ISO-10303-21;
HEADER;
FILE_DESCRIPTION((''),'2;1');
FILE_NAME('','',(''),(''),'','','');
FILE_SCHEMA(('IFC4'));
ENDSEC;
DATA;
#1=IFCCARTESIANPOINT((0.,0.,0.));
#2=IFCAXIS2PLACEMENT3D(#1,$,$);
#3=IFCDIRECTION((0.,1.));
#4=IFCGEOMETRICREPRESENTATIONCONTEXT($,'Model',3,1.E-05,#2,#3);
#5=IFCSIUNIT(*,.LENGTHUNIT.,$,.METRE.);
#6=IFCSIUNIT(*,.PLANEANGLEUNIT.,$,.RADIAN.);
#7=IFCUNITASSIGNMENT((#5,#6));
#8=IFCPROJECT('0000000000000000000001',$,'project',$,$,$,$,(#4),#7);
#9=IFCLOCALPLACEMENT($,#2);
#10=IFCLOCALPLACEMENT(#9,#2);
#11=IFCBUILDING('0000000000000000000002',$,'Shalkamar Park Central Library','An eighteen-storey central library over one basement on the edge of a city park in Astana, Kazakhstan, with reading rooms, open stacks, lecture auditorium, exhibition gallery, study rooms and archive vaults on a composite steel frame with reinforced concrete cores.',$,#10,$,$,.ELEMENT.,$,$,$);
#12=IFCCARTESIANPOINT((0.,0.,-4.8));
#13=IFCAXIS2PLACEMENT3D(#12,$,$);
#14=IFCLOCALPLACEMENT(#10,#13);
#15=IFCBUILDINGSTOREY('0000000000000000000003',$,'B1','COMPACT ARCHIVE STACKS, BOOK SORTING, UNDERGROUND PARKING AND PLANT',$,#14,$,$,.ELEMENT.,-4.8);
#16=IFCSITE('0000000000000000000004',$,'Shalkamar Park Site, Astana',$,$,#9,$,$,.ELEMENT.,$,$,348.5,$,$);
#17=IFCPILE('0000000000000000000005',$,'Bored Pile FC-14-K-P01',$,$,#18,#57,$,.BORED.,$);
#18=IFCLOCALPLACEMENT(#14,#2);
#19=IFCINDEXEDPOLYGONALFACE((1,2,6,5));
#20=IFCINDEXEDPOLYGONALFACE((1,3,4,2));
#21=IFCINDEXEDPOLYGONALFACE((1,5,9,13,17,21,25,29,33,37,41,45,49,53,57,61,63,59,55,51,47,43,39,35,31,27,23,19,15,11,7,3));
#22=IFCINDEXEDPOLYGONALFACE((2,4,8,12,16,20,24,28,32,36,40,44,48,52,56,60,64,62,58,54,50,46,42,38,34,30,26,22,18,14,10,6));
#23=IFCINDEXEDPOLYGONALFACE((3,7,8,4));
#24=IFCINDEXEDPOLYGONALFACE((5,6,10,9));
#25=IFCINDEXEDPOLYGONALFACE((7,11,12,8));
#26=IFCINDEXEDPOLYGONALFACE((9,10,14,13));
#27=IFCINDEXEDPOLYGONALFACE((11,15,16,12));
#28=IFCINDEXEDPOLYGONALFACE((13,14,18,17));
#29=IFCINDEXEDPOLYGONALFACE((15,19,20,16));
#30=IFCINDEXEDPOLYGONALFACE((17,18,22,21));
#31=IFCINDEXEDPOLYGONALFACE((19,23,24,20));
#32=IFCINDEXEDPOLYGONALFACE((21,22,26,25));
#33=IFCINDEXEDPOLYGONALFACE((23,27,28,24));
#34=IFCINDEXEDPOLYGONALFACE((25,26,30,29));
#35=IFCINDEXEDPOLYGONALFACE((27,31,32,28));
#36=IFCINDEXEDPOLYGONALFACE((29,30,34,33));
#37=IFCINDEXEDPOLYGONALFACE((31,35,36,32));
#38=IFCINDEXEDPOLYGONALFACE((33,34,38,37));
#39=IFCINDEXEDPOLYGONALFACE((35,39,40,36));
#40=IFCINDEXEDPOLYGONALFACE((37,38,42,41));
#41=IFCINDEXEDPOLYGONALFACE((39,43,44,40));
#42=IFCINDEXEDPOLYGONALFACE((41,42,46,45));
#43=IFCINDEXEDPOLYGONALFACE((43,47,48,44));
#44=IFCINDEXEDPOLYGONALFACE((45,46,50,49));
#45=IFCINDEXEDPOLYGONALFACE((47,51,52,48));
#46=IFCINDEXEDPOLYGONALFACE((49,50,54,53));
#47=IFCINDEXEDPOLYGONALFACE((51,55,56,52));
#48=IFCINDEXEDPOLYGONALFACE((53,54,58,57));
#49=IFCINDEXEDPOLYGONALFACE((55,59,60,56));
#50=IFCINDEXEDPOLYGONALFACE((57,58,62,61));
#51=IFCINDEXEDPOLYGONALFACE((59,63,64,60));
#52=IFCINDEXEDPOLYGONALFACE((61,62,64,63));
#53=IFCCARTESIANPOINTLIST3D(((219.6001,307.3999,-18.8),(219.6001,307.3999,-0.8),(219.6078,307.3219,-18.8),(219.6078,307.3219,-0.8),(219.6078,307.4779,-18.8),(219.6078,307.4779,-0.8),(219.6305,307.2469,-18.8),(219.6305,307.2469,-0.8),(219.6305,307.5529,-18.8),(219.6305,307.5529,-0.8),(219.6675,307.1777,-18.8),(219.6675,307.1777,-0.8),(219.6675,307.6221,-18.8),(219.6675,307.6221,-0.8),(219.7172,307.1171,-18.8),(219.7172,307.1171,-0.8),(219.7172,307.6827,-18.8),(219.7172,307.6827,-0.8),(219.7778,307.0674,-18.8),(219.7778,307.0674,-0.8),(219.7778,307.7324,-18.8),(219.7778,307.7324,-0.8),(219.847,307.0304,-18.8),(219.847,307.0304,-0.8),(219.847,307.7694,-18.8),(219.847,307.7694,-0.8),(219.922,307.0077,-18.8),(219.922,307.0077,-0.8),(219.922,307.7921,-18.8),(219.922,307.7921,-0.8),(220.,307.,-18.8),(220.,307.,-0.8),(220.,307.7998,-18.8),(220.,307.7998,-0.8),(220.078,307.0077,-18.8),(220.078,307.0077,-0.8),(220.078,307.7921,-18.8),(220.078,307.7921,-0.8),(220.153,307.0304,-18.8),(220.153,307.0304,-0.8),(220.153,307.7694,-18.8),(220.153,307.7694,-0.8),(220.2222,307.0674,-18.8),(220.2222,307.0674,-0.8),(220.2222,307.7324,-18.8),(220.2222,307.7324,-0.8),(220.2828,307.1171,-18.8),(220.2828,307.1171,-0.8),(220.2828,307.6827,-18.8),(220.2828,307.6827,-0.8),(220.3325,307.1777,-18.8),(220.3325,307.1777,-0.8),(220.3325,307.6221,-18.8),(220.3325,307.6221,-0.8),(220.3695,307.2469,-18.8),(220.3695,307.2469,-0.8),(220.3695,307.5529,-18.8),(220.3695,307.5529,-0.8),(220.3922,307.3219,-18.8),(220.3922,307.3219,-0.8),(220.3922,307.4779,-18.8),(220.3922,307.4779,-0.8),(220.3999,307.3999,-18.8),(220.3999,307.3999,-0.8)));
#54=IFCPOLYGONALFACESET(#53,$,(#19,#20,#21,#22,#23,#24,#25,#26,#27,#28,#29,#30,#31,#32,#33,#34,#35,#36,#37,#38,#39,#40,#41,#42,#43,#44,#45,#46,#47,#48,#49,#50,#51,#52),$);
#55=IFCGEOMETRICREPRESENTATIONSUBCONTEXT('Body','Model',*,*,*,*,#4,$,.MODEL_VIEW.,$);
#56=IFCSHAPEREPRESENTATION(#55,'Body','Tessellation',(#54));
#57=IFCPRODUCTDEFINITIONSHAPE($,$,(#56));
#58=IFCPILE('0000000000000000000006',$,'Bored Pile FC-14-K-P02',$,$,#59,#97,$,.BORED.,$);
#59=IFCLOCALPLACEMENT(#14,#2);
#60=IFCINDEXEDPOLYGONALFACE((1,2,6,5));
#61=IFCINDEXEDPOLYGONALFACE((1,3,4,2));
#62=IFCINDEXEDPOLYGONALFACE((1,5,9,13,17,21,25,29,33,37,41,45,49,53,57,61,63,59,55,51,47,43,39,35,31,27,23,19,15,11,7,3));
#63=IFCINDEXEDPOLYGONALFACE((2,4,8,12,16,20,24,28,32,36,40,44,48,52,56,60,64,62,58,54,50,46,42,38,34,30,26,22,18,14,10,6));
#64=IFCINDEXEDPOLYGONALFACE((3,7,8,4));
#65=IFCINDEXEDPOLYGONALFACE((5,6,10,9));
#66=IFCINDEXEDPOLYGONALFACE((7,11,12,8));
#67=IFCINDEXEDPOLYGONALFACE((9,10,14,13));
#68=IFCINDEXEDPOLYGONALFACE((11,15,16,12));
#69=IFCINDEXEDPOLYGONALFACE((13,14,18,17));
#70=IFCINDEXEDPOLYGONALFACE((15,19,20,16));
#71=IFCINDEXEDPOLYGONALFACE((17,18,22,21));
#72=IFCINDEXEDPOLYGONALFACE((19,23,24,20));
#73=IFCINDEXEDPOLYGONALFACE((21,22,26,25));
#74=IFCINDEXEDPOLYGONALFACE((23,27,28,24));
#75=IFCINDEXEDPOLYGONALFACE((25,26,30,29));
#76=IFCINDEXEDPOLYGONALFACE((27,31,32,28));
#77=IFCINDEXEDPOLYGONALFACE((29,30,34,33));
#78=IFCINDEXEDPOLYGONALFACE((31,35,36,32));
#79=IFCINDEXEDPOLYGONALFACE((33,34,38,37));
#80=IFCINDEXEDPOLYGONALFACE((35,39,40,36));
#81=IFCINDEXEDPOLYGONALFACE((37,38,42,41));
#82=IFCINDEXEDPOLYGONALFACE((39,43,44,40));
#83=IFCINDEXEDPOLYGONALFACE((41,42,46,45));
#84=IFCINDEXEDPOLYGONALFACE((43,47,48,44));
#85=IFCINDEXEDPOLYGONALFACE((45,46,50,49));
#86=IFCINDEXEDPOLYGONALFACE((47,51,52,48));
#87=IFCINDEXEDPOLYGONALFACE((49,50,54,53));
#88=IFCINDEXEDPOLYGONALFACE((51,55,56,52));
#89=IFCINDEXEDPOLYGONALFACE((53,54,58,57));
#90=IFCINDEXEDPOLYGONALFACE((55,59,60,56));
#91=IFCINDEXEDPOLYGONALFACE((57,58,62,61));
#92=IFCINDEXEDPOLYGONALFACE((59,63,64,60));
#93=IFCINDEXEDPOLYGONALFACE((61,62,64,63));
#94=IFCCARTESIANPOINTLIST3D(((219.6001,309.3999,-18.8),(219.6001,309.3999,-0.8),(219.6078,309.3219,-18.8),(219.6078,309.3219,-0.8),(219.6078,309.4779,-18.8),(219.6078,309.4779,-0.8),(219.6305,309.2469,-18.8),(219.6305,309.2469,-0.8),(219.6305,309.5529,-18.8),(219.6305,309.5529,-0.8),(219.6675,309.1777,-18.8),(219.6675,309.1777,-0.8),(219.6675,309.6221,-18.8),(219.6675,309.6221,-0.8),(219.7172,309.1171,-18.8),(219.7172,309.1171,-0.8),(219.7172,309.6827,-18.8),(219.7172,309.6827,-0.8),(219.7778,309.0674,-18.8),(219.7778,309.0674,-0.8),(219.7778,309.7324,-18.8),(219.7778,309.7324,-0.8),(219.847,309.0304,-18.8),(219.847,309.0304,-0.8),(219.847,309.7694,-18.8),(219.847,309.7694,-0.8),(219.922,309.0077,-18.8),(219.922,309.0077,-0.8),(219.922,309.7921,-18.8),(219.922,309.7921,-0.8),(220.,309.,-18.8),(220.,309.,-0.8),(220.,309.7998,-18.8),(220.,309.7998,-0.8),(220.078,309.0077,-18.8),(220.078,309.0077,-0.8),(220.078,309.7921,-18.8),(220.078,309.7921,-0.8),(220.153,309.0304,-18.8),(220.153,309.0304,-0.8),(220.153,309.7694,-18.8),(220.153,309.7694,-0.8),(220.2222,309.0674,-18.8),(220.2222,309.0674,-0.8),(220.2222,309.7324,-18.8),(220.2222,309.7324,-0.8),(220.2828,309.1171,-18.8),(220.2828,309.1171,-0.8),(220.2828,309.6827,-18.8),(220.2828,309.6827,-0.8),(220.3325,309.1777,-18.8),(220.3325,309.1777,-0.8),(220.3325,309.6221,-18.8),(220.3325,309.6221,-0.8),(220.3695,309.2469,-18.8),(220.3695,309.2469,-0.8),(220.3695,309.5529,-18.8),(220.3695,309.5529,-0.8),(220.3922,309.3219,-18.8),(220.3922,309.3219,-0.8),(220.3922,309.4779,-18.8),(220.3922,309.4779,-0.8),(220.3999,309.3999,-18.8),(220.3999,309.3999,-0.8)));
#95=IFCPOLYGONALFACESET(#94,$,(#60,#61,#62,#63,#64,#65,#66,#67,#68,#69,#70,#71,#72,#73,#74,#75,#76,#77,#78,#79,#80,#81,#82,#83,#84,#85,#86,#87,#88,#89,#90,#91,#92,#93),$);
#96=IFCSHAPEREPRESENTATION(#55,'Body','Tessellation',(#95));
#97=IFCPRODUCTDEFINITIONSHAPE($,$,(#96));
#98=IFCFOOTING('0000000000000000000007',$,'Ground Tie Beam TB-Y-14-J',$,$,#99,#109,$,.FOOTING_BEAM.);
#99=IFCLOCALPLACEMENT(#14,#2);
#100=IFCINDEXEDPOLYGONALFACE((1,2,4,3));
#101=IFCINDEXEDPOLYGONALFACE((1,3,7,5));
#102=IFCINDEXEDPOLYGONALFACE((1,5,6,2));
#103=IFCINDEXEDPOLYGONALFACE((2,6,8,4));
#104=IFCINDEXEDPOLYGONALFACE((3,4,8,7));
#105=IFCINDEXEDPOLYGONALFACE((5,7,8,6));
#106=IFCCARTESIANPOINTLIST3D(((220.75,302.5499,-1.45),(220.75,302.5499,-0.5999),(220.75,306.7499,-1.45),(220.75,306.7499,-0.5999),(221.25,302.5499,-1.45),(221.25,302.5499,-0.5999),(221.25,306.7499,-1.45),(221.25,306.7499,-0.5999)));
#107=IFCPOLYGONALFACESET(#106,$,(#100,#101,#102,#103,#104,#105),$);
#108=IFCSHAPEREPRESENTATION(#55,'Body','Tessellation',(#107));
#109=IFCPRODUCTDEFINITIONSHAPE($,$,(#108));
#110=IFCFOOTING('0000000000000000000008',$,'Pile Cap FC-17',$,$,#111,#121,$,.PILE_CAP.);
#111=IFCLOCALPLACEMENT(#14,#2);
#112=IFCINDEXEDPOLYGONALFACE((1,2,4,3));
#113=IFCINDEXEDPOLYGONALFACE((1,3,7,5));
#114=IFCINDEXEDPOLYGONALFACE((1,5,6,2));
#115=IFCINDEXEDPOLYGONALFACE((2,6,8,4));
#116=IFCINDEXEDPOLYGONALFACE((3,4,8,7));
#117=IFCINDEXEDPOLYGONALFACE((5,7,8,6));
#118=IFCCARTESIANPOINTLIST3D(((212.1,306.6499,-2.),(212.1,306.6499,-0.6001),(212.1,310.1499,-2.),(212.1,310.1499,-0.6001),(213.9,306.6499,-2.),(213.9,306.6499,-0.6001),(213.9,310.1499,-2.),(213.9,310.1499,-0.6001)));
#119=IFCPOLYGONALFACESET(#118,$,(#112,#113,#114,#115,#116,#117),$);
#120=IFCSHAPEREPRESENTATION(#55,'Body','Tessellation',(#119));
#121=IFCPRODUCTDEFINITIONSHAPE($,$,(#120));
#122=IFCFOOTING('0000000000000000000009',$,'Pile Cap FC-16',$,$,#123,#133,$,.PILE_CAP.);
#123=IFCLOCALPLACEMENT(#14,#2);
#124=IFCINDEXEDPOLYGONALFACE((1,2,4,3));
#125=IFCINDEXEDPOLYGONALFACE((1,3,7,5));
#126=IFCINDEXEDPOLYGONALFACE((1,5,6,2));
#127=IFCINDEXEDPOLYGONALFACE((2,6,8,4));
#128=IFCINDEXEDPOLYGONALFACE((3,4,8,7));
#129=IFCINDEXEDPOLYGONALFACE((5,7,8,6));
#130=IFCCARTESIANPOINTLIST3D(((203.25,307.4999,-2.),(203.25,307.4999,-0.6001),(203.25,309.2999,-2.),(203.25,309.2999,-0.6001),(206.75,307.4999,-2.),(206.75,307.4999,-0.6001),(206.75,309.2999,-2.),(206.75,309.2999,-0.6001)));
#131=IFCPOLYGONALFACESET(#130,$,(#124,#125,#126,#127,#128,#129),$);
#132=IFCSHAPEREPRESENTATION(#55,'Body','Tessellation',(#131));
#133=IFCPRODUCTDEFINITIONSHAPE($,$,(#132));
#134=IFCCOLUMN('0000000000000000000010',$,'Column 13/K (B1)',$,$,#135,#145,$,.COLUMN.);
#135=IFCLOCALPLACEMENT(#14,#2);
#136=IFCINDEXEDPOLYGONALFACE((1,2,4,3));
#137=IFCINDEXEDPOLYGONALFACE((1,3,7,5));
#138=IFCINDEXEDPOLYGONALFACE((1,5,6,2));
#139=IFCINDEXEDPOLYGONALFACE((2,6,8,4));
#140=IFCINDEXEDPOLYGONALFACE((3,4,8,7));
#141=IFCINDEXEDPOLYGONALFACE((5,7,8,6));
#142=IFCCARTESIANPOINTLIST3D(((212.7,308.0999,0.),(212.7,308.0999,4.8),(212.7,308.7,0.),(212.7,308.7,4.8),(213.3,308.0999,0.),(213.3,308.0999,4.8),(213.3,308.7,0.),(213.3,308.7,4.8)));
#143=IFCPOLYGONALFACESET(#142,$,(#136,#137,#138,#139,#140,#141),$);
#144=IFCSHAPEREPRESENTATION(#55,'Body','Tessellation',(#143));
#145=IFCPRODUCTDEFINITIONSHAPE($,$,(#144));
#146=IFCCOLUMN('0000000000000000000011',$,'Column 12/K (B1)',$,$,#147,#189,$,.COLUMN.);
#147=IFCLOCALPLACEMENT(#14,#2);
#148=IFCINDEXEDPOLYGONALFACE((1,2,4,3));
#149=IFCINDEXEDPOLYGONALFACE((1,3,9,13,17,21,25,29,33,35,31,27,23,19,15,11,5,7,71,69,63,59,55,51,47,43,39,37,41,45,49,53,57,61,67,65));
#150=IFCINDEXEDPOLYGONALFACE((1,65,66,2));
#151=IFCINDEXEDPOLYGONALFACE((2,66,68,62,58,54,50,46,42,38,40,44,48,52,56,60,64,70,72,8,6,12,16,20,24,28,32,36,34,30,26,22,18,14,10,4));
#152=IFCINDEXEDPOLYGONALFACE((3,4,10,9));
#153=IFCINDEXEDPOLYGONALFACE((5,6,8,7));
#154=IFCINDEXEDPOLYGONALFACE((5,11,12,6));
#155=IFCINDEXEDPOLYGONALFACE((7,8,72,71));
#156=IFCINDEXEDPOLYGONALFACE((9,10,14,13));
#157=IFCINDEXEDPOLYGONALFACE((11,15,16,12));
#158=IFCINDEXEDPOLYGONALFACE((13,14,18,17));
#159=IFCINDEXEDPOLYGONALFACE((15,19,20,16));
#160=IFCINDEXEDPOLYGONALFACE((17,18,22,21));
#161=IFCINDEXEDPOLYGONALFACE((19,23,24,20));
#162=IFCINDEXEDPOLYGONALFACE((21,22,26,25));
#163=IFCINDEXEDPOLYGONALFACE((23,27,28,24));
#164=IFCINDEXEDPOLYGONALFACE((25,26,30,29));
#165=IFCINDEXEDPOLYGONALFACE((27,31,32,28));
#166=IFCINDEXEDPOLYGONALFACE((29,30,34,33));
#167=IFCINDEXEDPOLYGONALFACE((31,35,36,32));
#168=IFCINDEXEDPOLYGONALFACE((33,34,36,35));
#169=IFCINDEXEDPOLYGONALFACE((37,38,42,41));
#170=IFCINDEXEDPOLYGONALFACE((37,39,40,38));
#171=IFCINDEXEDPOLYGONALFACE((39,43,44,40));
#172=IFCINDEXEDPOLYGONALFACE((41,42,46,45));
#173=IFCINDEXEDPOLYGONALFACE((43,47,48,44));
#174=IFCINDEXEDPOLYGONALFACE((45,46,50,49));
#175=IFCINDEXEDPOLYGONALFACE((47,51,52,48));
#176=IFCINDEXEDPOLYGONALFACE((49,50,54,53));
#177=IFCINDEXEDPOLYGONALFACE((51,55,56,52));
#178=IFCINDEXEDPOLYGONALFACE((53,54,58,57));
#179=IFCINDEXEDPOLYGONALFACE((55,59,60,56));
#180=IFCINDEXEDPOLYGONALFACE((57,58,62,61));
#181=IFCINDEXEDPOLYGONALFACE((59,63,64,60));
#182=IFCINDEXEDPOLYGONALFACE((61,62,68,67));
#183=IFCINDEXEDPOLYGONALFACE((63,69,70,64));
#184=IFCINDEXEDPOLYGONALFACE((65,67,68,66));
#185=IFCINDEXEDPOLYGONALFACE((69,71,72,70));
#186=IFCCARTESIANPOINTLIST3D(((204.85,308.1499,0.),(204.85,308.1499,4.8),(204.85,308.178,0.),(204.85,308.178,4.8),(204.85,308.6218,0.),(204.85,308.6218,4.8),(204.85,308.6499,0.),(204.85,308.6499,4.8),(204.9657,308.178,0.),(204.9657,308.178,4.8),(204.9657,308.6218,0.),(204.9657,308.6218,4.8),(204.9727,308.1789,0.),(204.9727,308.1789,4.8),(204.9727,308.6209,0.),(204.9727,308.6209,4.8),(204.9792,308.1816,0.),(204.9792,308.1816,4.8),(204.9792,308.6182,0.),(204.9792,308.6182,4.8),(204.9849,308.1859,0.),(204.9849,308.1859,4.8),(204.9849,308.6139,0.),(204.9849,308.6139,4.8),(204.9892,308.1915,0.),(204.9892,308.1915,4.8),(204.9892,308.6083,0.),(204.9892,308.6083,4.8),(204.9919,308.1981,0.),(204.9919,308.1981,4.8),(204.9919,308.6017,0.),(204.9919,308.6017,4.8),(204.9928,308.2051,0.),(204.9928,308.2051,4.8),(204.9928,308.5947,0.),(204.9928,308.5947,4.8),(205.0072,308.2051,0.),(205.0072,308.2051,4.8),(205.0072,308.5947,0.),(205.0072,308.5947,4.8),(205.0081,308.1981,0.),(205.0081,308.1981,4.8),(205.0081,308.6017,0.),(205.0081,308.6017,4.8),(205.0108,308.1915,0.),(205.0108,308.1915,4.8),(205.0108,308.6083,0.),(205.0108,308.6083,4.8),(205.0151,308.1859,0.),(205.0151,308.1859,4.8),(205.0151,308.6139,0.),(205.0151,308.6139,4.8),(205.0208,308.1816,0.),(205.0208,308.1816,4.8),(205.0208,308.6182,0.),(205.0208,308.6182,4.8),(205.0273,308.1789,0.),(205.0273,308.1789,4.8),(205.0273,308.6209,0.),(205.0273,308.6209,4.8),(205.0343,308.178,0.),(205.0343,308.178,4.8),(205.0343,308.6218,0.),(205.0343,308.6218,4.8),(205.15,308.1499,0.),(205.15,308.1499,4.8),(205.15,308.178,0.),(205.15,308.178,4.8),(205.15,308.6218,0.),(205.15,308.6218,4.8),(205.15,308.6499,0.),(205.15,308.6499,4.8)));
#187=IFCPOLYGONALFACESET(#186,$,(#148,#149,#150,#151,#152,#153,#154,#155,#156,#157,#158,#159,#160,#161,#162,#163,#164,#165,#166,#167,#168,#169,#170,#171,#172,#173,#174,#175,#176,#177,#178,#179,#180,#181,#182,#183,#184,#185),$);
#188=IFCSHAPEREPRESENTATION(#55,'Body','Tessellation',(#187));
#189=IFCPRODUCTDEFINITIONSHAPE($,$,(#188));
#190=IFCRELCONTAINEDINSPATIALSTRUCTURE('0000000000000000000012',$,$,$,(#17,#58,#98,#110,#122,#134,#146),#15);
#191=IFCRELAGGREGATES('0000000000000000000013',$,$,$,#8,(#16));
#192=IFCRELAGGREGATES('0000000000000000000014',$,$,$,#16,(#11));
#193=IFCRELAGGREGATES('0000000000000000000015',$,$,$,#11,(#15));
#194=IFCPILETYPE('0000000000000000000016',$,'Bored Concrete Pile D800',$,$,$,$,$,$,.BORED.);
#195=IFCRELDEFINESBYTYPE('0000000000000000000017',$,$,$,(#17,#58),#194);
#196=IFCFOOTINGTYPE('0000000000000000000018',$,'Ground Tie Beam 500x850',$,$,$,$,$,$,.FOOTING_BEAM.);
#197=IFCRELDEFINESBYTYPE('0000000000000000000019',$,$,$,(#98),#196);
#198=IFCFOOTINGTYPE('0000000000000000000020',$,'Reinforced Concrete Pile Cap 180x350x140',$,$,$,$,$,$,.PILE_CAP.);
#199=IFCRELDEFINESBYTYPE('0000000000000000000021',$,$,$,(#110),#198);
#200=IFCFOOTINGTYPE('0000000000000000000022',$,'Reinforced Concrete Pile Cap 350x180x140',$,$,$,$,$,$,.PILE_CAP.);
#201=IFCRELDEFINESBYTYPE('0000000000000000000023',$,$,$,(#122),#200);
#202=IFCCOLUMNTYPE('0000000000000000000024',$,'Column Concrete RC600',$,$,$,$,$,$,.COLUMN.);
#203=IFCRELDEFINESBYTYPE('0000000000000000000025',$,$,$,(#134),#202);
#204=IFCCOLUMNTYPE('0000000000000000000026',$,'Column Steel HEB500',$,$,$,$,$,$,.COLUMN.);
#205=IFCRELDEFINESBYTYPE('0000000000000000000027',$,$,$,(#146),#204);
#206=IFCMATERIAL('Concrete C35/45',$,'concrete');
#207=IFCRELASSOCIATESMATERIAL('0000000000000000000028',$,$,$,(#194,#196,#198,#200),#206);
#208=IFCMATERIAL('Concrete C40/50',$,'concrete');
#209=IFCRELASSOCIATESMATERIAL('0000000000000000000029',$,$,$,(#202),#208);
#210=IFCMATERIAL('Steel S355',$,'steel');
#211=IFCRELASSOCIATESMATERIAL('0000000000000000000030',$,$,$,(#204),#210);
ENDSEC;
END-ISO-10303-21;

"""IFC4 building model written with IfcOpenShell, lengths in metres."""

from ifc_helpers import new_model, si_unit, direction, frame, origin, origin_2d, place, context, subcontext, project, spatial, rectangle, circle, i_section, extrude, material, material_profile, profile_set, type_object, element, save


model = new_model("IFC4")

# Units and contexts
model_context = context("Model", 3, precision=1e-05, world=origin(), true_north=direction((0.0, 1.0)))
body_context = subcontext(model_context, "Body", "Model", "MODEL_VIEW")
ifc_project = project(units=[si_unit("LENGTHUNIT", "METRE"), si_unit("PLANEANGLEUNIT", "RADIAN")], contexts=[model_context])

# Site, building, storey
site_placement = place(None, origin())
site = spatial("IfcSite", under=ifc_project, at=site_placement, Name="Shalkamar Park Site, Astana", CompositionType="ELEMENT", RefElevation=348.5)
building_placement = place(site_placement, origin())
building = spatial("IfcBuilding", under=site, at=building_placement, Name="Shalkamar Park Central Library", Description="An eighteen-storey central library over one basement on the edge of a city park in Astana, Kazakhstan, with reading rooms, open stacks, lecture auditorium, exhibition gallery, study rooms and archive vaults on a composite steel frame with reinforced concrete cores.", CompositionType="ELEMENT")
storey_placement = place(building_placement, frame((0.0, 0.0, -4.8)))
storey = spatial("IfcBuildingStorey", under=building, at=storey_placement, Name="B1", Description="COMPACT ARCHIVE STACKS, BOOK SORTING, UNDERGROUND PARKING AND PLANT", CompositionType="ELEMENT", Elevation=-4.8)

# Piles
ifc_material_1 = material(Name="Concrete C35/45", Category="concrete")
ifc_material_profile_1 = material_profile(ifc_material_1, circle(Radius=0.3999, at=origin_2d()), Name="PILE D800")
ifc_profile_set_1 = profile_set([ifc_material_profile_1], Name="Concrete C35/45")
pile_type = type_object("IfcPileType", Name="Bored Concrete Pile D800", PredefinedType="BORED", material=ifc_profile_set_1)
for number, where, z_axis, x_axis, name in (
    (1, (220.0, 307.3999, -0.8), (0.0, 0.0, -1.0), (1.0, 0.0, 0.0), "Bored Pile FC-14-K-P01"),
    (2, (220.0, 309.3999, -0.8), (0.0, 0.0, -1.0), (1.0, 0.0, 0.0), "Bored Pile FC-14-K-P02"),
):
    element("IfcPile", number, at=place(storey_placement, frame(where, z_axis=z_axis, x_axis=x_axis)), inside=storey, type_object=pile_type, Name=name, PredefinedType="BORED", context=body_context, shape_type="SweptSolid", body=[
        extrude(circle(Radius=0.3999, at=origin_2d()), origin(), (0.0, 0.0, 1.0), 18.0),
    ])

# Footings
footing_type_1 = type_object("IfcFootingType", Name="Ground Tie Beam 500x850", PredefinedType="FOOTING_BEAM", material=ifc_material_1)
footing_1_placement = place(storey_placement, frame((221.0, 304.6499, -1.45), z_axis=(0.0, 0.0, 1.0), x_axis=(0.0, 1.0, 0.0)))
element("IfcFooting", 3, at=footing_1_placement, inside=storey, type_object=footing_type_1, Name="Ground Tie Beam TB-Y-14-J", PredefinedType="FOOTING_BEAM", context=body_context, shape_type="SweptSolid", body=[
    extrude(rectangle(XDim=4.2, YDim=0.5, at=origin_2d()), origin(), (0.0, 0.0, 1.0), 0.8501),
])
footing_type_2 = type_object("IfcFootingType", Name="Reinforced Concrete Pile Cap 180x350x140", PredefinedType="PILE_CAP", material=ifc_material_1)
footing_2_placement = place(storey_placement, frame((213.0, 308.3999, -2.0), z_axis=(0.0, 0.0, 1.0), x_axis=(1.0, 0.0, 0.0)))
element("IfcFooting", 4, at=footing_2_placement, inside=storey, type_object=footing_type_2, Name="Pile Cap FC-17", PredefinedType="PILE_CAP", context=body_context, shape_type="SweptSolid", body=[
    extrude(rectangle(XDim=1.8, YDim=3.5, at=origin_2d()), origin(), (0.0, 0.0, 1.0), 1.3999),
])
footing_type_3 = type_object("IfcFootingType", Name="Reinforced Concrete Pile Cap 350x180x140", PredefinedType="PILE_CAP", material=ifc_material_1)
footing_3_placement = place(storey_placement, frame((205.0, 308.3999, -2.0), z_axis=(0.0, 0.0, 1.0), x_axis=(1.0, 0.0, 0.0)))
element("IfcFooting", 5, at=footing_3_placement, inside=storey, type_object=footing_type_3, Name="Pile Cap FC-16", PredefinedType="PILE_CAP", context=body_context, shape_type="SweptSolid", body=[
    extrude(rectangle(XDim=3.5, YDim=1.8, at=origin_2d()), origin(), (0.0, 0.0, 1.0), 1.3999),
])

# Columns
ifc_material_2 = material(Name="Concrete C40/50", Category="concrete")
ifc_material_profile_2 = material_profile(ifc_material_2, rectangle(XDim=0.6001, YDim=0.6001, at=origin_2d()), Name="RC 600x600")
ifc_profile_set_2 = profile_set([ifc_material_profile_2], Name="Concrete C40/50")
column_type_1 = type_object("IfcColumnType", Name="Column Concrete RC600", PredefinedType="COLUMN", material=ifc_profile_set_2)
column_1_placement = place(storey_placement, frame((213.0, 308.3999, 0.0), z_axis=(0.0, 0.0, 1.0), x_axis=(1.0, 0.0, 0.0)))
element("IfcColumn", 6, at=column_1_placement, inside=storey, type_object=column_type_1, Name="Column 13/K (B1)", PredefinedType="COLUMN", context=body_context, shape_type="SweptSolid", body=[
    extrude(rectangle(XDim=0.6001, YDim=0.6001, at=origin_2d()), origin(), (0.0, 0.0, 1.0), 4.8),
])
ifc_material_3 = material(Name="Steel S355", Category="steel")
ifc_material_profile_3 = material_profile(ifc_material_3, i_section(OverallWidth=0.3, OverallDepth=0.5, WebThickness=0.0144, FlangeThickness=0.0281, FilletRadius=0.0271, at=origin_2d()), Name="HEB 500")
ifc_profile_set_3 = profile_set([ifc_material_profile_3], Name="Steel S355")
column_type_2 = type_object("IfcColumnType", Name="Column Steel HEB500", PredefinedType="COLUMN", material=ifc_profile_set_3)
column_2_placement = place(storey_placement, frame((205.0, 308.3999, 0.0), z_axis=(0.0, 0.0, 1.0), x_axis=(1.0, 0.0, 0.0)))
element("IfcColumn", 7, at=column_2_placement, inside=storey, type_object=column_type_2, Name="Column 12/K (B1)", PredefinedType="COLUMN", context=body_context, shape_type="SweptSolid", body=[
    extrude(i_section(OverallWidth=0.3, OverallDepth=0.5, WebThickness=0.0144, FlangeThickness=0.0281, FilletRadius=0.0271, at=origin_2d()), origin(), (0.0, 0.0, 1.0), 4.8),
])

save(model, "model.ifc")
